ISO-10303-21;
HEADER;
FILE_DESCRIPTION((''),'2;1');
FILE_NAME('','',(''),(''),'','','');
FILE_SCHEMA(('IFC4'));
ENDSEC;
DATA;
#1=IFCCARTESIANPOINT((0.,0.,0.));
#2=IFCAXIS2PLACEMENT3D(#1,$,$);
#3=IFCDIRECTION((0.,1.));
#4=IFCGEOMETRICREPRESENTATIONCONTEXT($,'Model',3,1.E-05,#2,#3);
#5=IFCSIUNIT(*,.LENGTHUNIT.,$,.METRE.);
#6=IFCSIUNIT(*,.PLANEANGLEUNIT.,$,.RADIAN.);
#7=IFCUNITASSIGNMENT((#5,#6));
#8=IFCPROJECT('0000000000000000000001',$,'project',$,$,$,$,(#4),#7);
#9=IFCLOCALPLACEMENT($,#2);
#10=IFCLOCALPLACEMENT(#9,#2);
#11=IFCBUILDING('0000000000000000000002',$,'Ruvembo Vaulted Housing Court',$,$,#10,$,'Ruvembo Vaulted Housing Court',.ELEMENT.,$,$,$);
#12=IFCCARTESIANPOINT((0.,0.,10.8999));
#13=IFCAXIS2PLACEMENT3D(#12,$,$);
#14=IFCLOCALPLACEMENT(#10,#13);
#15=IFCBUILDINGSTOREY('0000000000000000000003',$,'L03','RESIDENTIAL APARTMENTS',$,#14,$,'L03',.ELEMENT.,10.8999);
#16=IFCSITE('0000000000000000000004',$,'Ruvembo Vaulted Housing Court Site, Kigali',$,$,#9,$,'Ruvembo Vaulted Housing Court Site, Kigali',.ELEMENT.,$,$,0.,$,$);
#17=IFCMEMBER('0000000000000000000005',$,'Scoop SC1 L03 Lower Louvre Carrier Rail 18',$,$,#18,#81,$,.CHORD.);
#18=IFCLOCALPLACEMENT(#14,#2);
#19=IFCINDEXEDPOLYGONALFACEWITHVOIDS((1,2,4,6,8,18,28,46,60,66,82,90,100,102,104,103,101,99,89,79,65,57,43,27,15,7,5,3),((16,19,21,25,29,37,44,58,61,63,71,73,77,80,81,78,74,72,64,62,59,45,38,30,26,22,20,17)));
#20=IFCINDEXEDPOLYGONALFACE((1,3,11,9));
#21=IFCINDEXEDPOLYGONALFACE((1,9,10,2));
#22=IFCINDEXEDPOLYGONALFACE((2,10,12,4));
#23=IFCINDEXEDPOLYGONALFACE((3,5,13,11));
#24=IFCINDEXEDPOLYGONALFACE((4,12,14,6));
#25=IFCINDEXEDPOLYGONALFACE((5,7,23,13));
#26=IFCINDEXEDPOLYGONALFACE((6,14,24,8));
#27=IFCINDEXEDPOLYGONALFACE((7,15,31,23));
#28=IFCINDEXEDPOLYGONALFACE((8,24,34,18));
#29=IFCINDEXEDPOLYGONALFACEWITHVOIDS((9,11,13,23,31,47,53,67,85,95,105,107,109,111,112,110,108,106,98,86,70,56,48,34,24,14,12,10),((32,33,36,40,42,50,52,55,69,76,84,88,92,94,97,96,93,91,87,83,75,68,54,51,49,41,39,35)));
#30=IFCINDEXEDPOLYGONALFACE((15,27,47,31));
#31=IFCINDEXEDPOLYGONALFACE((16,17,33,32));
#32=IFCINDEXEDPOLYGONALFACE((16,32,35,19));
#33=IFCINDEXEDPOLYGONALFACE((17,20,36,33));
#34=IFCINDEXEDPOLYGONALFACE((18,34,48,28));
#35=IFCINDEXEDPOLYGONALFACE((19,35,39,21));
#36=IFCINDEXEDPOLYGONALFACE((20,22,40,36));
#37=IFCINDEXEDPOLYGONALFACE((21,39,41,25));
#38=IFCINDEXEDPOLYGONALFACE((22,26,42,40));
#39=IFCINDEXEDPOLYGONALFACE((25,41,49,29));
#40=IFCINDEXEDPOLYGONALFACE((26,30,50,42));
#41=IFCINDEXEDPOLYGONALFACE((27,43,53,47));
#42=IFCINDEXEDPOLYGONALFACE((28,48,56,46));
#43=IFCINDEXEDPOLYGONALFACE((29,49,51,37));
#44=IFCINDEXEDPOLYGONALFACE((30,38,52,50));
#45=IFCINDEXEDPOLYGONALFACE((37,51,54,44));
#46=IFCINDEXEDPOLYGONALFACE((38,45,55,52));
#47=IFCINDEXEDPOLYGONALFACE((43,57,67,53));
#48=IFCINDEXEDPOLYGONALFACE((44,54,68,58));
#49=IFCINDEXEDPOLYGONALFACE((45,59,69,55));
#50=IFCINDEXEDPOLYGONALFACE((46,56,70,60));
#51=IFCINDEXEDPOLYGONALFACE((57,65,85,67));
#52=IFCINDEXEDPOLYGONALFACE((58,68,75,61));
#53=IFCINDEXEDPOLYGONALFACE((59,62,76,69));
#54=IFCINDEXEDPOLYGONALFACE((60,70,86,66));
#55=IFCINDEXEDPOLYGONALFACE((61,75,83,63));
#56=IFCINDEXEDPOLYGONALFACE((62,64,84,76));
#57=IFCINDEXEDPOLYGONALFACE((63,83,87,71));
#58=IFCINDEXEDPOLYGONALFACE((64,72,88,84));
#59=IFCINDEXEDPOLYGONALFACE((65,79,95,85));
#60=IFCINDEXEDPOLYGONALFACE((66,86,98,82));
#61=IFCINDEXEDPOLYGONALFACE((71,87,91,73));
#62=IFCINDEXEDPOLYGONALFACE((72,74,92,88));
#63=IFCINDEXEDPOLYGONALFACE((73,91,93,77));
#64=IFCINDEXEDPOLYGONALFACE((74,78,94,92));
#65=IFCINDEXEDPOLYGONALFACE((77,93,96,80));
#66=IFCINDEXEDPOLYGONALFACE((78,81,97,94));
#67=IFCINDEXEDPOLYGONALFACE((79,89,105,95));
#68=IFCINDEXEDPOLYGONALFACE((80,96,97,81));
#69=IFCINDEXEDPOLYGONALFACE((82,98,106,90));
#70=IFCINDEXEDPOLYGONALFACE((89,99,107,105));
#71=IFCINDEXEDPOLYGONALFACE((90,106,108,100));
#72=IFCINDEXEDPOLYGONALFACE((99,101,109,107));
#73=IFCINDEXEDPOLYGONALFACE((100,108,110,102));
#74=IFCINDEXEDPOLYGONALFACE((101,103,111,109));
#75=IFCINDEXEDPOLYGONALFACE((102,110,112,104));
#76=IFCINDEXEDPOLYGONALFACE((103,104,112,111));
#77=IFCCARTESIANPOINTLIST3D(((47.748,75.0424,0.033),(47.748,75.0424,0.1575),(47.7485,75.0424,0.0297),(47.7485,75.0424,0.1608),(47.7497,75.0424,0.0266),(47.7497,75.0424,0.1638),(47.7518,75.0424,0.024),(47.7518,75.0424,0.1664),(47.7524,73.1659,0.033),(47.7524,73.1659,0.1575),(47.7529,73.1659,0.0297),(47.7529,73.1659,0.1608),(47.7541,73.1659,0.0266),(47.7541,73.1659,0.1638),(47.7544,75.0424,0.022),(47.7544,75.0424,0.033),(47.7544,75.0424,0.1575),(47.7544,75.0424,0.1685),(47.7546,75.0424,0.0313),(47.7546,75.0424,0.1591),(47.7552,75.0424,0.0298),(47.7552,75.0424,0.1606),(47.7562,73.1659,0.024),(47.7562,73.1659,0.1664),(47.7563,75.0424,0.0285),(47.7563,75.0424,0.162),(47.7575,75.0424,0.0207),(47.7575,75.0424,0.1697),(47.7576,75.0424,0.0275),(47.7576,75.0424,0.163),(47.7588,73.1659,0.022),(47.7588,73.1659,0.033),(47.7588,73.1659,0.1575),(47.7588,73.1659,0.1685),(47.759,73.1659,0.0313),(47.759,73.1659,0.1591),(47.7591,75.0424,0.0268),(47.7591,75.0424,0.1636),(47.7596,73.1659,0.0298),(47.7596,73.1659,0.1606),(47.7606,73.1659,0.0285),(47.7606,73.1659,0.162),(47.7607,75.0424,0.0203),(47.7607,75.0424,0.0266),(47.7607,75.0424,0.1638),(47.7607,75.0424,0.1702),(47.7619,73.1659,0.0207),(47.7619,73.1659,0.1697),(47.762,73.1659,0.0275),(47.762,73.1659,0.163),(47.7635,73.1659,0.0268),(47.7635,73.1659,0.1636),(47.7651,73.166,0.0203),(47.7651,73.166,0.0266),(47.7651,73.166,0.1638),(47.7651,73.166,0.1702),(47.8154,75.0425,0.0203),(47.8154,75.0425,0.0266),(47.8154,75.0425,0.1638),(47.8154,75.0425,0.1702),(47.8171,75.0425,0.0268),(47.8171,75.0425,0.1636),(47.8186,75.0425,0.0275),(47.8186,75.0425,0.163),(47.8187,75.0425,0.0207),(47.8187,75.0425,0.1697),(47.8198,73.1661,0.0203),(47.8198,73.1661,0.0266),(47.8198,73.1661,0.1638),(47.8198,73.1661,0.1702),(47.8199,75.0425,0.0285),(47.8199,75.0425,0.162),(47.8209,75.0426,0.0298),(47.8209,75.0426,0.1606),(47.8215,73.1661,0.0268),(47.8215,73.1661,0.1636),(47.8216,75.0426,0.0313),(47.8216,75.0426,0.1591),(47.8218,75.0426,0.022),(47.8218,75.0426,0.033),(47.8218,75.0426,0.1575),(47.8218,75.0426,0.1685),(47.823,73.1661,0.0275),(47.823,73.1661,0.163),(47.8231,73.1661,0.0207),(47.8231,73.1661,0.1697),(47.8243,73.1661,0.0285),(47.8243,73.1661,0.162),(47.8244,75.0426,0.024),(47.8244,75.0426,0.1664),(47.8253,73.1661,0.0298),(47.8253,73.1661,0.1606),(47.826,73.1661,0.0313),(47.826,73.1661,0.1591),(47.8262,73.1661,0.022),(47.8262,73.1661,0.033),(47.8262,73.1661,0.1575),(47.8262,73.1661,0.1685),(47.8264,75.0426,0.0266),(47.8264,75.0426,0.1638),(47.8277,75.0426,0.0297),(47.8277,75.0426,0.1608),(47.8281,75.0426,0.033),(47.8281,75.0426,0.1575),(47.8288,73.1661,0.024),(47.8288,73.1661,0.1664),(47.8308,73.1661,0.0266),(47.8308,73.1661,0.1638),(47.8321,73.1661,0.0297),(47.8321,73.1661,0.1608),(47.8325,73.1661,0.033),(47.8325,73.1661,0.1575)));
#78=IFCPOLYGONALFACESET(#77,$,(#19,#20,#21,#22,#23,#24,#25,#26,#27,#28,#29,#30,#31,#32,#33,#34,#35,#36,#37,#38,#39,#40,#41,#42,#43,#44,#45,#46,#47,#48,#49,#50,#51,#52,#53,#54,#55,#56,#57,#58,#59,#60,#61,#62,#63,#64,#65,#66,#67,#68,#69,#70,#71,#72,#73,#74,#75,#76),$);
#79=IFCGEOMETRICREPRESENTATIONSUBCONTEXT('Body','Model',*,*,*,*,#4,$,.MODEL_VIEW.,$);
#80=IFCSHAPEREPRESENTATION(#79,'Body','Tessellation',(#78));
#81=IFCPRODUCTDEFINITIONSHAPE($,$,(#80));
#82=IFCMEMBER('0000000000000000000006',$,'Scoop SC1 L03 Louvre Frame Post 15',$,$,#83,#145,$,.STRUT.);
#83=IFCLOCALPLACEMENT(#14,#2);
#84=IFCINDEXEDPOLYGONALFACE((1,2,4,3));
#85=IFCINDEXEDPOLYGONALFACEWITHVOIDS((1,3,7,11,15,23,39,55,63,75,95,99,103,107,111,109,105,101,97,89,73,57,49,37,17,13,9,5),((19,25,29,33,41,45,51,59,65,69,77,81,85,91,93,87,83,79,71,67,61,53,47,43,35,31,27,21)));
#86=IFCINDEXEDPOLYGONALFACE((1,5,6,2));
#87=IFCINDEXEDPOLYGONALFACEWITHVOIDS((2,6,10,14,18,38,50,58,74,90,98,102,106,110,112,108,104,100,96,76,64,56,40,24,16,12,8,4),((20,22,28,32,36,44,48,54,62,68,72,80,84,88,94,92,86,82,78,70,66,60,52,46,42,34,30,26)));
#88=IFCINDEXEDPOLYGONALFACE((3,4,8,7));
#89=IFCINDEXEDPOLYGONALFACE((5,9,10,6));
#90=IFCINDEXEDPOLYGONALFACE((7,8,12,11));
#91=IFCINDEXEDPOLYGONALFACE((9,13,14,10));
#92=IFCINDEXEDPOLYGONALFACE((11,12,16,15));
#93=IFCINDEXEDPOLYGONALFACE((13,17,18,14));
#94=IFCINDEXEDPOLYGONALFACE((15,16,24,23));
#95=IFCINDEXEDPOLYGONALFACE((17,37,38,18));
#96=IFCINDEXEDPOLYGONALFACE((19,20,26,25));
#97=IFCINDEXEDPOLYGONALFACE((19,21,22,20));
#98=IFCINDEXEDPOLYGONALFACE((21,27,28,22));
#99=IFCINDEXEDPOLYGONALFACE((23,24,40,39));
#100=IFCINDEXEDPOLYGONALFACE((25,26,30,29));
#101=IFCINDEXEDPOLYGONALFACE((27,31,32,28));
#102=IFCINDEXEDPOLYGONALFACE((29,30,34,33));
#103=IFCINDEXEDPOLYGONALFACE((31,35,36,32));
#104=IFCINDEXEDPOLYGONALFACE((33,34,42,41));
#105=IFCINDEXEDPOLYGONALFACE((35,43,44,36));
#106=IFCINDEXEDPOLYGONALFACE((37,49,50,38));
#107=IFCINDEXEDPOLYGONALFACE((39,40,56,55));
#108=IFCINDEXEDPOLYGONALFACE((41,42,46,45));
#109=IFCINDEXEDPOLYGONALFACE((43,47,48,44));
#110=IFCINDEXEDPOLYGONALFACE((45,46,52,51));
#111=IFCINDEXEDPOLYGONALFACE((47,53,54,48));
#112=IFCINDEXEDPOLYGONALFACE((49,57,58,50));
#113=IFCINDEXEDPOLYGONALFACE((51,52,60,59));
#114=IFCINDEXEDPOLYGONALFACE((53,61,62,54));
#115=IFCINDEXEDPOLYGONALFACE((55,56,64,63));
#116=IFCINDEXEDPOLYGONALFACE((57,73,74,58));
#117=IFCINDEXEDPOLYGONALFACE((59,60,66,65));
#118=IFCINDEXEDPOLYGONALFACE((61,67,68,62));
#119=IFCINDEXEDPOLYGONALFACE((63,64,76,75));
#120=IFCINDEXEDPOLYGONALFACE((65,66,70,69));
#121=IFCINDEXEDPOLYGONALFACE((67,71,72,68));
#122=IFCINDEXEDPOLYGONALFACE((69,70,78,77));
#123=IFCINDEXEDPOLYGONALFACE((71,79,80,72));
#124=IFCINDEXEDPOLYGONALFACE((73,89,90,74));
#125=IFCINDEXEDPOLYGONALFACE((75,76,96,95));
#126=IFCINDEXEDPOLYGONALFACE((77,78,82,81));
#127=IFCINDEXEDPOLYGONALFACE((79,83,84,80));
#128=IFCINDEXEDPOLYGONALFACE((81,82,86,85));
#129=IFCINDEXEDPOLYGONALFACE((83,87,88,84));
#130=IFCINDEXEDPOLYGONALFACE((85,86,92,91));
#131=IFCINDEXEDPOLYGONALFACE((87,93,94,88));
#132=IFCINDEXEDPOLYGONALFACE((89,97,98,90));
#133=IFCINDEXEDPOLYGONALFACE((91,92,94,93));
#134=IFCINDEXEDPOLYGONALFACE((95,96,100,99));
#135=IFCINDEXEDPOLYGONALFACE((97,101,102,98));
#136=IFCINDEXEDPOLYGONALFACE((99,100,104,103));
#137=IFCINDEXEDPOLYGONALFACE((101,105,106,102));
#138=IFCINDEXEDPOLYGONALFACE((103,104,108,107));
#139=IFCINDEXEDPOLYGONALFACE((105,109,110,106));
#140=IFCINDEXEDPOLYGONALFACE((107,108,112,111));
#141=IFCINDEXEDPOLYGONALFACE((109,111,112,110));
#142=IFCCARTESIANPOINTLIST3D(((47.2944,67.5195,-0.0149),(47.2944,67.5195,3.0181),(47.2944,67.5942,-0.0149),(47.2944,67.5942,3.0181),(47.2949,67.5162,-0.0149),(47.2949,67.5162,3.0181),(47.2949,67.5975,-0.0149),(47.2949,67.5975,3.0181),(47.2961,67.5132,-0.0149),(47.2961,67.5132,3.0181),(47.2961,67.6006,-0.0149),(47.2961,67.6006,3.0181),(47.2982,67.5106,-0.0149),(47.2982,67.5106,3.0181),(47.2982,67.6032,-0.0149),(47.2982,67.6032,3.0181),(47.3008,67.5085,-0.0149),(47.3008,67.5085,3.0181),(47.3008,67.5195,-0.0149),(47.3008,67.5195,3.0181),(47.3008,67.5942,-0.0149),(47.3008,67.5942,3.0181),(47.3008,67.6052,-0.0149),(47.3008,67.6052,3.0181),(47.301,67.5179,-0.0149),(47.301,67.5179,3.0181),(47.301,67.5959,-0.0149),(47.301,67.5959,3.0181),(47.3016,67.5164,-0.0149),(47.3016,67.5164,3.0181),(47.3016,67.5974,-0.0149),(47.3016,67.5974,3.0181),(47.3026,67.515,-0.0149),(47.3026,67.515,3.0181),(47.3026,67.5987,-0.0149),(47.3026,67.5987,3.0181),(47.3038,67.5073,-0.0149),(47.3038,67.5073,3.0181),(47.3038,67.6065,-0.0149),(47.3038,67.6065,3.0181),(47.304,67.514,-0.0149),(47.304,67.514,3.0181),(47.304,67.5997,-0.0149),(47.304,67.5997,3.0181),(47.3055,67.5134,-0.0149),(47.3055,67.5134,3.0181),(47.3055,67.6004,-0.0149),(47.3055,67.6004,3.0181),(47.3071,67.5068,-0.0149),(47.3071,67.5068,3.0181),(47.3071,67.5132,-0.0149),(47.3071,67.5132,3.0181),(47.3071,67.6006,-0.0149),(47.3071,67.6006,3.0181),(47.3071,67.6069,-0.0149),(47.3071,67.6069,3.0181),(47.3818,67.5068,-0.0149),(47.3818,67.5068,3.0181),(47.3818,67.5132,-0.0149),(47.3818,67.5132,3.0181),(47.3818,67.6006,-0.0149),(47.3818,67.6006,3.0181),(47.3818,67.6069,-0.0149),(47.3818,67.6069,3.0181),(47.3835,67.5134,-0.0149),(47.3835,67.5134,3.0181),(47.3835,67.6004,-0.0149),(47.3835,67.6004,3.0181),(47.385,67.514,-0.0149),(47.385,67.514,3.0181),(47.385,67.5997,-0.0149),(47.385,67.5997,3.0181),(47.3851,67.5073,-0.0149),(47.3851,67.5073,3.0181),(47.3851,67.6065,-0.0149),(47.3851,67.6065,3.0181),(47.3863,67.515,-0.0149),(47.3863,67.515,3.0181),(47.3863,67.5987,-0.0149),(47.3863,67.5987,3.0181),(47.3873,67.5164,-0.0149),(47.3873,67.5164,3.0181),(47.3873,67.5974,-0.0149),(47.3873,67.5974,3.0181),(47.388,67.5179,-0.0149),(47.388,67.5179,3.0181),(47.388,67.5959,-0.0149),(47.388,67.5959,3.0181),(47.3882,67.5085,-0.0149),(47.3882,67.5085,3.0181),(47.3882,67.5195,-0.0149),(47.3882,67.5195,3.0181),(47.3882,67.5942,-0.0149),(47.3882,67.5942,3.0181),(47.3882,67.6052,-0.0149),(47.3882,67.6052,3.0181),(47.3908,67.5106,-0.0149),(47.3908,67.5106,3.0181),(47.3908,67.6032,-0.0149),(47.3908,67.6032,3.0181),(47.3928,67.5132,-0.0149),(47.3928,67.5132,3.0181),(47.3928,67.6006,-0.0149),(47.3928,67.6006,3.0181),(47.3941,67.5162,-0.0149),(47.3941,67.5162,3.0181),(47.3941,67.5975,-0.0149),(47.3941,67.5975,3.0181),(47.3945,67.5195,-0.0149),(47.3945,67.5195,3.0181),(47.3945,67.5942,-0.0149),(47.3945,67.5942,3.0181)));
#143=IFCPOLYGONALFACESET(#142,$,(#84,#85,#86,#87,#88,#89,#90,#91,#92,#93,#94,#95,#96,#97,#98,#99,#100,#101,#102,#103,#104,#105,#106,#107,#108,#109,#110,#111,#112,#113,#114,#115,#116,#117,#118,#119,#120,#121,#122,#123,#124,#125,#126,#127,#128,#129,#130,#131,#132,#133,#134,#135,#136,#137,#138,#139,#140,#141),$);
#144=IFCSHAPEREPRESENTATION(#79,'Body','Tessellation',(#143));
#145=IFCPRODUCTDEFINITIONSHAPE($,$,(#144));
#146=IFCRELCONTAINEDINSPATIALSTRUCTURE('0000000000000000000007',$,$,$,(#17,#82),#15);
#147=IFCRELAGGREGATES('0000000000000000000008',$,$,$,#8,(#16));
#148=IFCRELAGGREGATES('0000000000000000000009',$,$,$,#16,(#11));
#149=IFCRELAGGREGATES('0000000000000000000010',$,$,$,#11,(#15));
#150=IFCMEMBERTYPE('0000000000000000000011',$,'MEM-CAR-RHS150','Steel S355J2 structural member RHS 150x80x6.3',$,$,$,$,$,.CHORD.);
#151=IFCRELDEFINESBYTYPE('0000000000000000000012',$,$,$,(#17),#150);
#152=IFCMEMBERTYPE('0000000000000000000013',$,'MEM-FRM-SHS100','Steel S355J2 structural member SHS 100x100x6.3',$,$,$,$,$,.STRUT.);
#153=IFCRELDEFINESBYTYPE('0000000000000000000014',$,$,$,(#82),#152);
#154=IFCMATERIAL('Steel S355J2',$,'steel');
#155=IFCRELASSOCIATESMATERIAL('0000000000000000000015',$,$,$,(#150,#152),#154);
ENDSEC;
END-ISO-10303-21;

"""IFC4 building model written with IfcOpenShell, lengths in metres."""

from ifc_helpers import new_model, si_unit, direction, frame, origin, origin_2d, place, context, subcontext, project, spatial, hollow_rectangle, extrude, material, material_profile, profile_set, type_object, element, save


model = new_model("IFC4")

# Units and contexts
model_context = context("Model", 3, precision=1e-05, world=origin(), true_north=direction((0.0, 1.0)))
body_context = subcontext(model_context, "Body", "Model", "MODEL_VIEW")
ifc_project = project(units=[si_unit("LENGTHUNIT", "METRE"), si_unit("PLANEANGLEUNIT", "RADIAN")], contexts=[model_context])

# Site, building, storey
site_placement = place(None, origin())
site = spatial("IfcSite", under=ifc_project, at=site_placement, Name="Ruvembo Vaulted Housing Court Site, Kigali", LongName="Ruvembo Vaulted Housing Court Site, Kigali", CompositionType="ELEMENT", RefElevation=0.0)
building_placement = place(site_placement, origin())
building = spatial("IfcBuilding", under=site, at=building_placement, Name="Ruvembo Vaulted Housing Court", LongName="Ruvembo Vaulted Housing Court", CompositionType="ELEMENT")
storey_placement = place(building_placement, frame((0.0, 0.0, 10.8999)))
storey = spatial("IfcBuildingStorey", under=building, at=storey_placement, Name="L03", Description="RESIDENTIAL APARTMENTS", LongName="L03", CompositionType="ELEMENT", Elevation=10.8999)

# Shared definitions
ifc_material_1 = material(Name="Steel S355J2", Category="steel")

# Members
ifc_material_profile_1 = material_profile(ifc_material_1, hollow_rectangle(XDim=0.0801, YDim=0.1499, WallThickness=0.0063, InnerFilletRadius=0.0063, OuterFilletRadius=0.0127, at=origin_2d()), Name="RHS 150x80x6.3")
ifc_profile_set_1 = profile_set([ifc_material_profile_1], Name="Steel S355J2")
member_type_1 = type_object("IfcMemberType", Name="MEM-CAR-RHS150", Description="Steel S355J2 structural member RHS 150x80x6.3", PredefinedType="CHORD", material=ifc_profile_set_1)
member_1_placement = place(storey_placement, frame((47.7925, 73.166, 0.0952), z_axis=(-0.002342, 0.999997, 0.0), x_axis=(-0.999997, -0.002342, 0.0)))
element("IfcMember", 1, at=member_1_placement, inside=storey, type_object=member_type_1, Name="Scoop SC1 L03 Lower Louvre Carrier Rail 18", PredefinedType="CHORD", context=body_context, shape_type="SweptSolid", body=[
    extrude(hollow_rectangle(XDim=0.0801, YDim=0.1499, WallThickness=0.0063, InnerFilletRadius=0.0063, OuterFilletRadius=0.0127, at=origin_2d()), origin(), (0.0, 0.0, 1.0), 1.8765),
])
ifc_material_profile_2 = material_profile(ifc_material_1, hollow_rectangle(XDim=0.1001, YDim=0.1001, WallThickness=0.0063, InnerFilletRadius=0.0063, OuterFilletRadius=0.0127, at=origin_2d()), Name="SHS 100x100x6.3")
ifc_profile_set_2 = profile_set([ifc_material_profile_2], Name="Steel S355J2")
member_type_2 = type_object("IfcMemberType", Name="MEM-FRM-SHS100", Description="Steel S355J2 structural member SHS 100x100x6.3", PredefinedType="STRUT", material=ifc_profile_set_2)
for number, where, z_axis, x_axis, name in (
    (2, (47.3445, 67.5569, -0.0149), (0.0, 0.0, 1.0), (1.0, 0.0, 0.0), "Scoop SC1 L03 Louvre Frame Post 15"),
):
    element("IfcMember", number, at=place(storey_placement, frame(where, z_axis=z_axis, x_axis=x_axis)), inside=storey, type_object=member_type_2, Name=name, PredefinedType="STRUT", context=body_context, shape_type="SweptSolid", body=[
        extrude(hollow_rectangle(XDim=0.1001, YDim=0.1001, WallThickness=0.0063, InnerFilletRadius=0.0063, OuterFilletRadius=0.0127, at=origin_2d()), origin(), (0.0, 0.0, 1.0), 3.033),
    ])

save(model, "model.ifc")
